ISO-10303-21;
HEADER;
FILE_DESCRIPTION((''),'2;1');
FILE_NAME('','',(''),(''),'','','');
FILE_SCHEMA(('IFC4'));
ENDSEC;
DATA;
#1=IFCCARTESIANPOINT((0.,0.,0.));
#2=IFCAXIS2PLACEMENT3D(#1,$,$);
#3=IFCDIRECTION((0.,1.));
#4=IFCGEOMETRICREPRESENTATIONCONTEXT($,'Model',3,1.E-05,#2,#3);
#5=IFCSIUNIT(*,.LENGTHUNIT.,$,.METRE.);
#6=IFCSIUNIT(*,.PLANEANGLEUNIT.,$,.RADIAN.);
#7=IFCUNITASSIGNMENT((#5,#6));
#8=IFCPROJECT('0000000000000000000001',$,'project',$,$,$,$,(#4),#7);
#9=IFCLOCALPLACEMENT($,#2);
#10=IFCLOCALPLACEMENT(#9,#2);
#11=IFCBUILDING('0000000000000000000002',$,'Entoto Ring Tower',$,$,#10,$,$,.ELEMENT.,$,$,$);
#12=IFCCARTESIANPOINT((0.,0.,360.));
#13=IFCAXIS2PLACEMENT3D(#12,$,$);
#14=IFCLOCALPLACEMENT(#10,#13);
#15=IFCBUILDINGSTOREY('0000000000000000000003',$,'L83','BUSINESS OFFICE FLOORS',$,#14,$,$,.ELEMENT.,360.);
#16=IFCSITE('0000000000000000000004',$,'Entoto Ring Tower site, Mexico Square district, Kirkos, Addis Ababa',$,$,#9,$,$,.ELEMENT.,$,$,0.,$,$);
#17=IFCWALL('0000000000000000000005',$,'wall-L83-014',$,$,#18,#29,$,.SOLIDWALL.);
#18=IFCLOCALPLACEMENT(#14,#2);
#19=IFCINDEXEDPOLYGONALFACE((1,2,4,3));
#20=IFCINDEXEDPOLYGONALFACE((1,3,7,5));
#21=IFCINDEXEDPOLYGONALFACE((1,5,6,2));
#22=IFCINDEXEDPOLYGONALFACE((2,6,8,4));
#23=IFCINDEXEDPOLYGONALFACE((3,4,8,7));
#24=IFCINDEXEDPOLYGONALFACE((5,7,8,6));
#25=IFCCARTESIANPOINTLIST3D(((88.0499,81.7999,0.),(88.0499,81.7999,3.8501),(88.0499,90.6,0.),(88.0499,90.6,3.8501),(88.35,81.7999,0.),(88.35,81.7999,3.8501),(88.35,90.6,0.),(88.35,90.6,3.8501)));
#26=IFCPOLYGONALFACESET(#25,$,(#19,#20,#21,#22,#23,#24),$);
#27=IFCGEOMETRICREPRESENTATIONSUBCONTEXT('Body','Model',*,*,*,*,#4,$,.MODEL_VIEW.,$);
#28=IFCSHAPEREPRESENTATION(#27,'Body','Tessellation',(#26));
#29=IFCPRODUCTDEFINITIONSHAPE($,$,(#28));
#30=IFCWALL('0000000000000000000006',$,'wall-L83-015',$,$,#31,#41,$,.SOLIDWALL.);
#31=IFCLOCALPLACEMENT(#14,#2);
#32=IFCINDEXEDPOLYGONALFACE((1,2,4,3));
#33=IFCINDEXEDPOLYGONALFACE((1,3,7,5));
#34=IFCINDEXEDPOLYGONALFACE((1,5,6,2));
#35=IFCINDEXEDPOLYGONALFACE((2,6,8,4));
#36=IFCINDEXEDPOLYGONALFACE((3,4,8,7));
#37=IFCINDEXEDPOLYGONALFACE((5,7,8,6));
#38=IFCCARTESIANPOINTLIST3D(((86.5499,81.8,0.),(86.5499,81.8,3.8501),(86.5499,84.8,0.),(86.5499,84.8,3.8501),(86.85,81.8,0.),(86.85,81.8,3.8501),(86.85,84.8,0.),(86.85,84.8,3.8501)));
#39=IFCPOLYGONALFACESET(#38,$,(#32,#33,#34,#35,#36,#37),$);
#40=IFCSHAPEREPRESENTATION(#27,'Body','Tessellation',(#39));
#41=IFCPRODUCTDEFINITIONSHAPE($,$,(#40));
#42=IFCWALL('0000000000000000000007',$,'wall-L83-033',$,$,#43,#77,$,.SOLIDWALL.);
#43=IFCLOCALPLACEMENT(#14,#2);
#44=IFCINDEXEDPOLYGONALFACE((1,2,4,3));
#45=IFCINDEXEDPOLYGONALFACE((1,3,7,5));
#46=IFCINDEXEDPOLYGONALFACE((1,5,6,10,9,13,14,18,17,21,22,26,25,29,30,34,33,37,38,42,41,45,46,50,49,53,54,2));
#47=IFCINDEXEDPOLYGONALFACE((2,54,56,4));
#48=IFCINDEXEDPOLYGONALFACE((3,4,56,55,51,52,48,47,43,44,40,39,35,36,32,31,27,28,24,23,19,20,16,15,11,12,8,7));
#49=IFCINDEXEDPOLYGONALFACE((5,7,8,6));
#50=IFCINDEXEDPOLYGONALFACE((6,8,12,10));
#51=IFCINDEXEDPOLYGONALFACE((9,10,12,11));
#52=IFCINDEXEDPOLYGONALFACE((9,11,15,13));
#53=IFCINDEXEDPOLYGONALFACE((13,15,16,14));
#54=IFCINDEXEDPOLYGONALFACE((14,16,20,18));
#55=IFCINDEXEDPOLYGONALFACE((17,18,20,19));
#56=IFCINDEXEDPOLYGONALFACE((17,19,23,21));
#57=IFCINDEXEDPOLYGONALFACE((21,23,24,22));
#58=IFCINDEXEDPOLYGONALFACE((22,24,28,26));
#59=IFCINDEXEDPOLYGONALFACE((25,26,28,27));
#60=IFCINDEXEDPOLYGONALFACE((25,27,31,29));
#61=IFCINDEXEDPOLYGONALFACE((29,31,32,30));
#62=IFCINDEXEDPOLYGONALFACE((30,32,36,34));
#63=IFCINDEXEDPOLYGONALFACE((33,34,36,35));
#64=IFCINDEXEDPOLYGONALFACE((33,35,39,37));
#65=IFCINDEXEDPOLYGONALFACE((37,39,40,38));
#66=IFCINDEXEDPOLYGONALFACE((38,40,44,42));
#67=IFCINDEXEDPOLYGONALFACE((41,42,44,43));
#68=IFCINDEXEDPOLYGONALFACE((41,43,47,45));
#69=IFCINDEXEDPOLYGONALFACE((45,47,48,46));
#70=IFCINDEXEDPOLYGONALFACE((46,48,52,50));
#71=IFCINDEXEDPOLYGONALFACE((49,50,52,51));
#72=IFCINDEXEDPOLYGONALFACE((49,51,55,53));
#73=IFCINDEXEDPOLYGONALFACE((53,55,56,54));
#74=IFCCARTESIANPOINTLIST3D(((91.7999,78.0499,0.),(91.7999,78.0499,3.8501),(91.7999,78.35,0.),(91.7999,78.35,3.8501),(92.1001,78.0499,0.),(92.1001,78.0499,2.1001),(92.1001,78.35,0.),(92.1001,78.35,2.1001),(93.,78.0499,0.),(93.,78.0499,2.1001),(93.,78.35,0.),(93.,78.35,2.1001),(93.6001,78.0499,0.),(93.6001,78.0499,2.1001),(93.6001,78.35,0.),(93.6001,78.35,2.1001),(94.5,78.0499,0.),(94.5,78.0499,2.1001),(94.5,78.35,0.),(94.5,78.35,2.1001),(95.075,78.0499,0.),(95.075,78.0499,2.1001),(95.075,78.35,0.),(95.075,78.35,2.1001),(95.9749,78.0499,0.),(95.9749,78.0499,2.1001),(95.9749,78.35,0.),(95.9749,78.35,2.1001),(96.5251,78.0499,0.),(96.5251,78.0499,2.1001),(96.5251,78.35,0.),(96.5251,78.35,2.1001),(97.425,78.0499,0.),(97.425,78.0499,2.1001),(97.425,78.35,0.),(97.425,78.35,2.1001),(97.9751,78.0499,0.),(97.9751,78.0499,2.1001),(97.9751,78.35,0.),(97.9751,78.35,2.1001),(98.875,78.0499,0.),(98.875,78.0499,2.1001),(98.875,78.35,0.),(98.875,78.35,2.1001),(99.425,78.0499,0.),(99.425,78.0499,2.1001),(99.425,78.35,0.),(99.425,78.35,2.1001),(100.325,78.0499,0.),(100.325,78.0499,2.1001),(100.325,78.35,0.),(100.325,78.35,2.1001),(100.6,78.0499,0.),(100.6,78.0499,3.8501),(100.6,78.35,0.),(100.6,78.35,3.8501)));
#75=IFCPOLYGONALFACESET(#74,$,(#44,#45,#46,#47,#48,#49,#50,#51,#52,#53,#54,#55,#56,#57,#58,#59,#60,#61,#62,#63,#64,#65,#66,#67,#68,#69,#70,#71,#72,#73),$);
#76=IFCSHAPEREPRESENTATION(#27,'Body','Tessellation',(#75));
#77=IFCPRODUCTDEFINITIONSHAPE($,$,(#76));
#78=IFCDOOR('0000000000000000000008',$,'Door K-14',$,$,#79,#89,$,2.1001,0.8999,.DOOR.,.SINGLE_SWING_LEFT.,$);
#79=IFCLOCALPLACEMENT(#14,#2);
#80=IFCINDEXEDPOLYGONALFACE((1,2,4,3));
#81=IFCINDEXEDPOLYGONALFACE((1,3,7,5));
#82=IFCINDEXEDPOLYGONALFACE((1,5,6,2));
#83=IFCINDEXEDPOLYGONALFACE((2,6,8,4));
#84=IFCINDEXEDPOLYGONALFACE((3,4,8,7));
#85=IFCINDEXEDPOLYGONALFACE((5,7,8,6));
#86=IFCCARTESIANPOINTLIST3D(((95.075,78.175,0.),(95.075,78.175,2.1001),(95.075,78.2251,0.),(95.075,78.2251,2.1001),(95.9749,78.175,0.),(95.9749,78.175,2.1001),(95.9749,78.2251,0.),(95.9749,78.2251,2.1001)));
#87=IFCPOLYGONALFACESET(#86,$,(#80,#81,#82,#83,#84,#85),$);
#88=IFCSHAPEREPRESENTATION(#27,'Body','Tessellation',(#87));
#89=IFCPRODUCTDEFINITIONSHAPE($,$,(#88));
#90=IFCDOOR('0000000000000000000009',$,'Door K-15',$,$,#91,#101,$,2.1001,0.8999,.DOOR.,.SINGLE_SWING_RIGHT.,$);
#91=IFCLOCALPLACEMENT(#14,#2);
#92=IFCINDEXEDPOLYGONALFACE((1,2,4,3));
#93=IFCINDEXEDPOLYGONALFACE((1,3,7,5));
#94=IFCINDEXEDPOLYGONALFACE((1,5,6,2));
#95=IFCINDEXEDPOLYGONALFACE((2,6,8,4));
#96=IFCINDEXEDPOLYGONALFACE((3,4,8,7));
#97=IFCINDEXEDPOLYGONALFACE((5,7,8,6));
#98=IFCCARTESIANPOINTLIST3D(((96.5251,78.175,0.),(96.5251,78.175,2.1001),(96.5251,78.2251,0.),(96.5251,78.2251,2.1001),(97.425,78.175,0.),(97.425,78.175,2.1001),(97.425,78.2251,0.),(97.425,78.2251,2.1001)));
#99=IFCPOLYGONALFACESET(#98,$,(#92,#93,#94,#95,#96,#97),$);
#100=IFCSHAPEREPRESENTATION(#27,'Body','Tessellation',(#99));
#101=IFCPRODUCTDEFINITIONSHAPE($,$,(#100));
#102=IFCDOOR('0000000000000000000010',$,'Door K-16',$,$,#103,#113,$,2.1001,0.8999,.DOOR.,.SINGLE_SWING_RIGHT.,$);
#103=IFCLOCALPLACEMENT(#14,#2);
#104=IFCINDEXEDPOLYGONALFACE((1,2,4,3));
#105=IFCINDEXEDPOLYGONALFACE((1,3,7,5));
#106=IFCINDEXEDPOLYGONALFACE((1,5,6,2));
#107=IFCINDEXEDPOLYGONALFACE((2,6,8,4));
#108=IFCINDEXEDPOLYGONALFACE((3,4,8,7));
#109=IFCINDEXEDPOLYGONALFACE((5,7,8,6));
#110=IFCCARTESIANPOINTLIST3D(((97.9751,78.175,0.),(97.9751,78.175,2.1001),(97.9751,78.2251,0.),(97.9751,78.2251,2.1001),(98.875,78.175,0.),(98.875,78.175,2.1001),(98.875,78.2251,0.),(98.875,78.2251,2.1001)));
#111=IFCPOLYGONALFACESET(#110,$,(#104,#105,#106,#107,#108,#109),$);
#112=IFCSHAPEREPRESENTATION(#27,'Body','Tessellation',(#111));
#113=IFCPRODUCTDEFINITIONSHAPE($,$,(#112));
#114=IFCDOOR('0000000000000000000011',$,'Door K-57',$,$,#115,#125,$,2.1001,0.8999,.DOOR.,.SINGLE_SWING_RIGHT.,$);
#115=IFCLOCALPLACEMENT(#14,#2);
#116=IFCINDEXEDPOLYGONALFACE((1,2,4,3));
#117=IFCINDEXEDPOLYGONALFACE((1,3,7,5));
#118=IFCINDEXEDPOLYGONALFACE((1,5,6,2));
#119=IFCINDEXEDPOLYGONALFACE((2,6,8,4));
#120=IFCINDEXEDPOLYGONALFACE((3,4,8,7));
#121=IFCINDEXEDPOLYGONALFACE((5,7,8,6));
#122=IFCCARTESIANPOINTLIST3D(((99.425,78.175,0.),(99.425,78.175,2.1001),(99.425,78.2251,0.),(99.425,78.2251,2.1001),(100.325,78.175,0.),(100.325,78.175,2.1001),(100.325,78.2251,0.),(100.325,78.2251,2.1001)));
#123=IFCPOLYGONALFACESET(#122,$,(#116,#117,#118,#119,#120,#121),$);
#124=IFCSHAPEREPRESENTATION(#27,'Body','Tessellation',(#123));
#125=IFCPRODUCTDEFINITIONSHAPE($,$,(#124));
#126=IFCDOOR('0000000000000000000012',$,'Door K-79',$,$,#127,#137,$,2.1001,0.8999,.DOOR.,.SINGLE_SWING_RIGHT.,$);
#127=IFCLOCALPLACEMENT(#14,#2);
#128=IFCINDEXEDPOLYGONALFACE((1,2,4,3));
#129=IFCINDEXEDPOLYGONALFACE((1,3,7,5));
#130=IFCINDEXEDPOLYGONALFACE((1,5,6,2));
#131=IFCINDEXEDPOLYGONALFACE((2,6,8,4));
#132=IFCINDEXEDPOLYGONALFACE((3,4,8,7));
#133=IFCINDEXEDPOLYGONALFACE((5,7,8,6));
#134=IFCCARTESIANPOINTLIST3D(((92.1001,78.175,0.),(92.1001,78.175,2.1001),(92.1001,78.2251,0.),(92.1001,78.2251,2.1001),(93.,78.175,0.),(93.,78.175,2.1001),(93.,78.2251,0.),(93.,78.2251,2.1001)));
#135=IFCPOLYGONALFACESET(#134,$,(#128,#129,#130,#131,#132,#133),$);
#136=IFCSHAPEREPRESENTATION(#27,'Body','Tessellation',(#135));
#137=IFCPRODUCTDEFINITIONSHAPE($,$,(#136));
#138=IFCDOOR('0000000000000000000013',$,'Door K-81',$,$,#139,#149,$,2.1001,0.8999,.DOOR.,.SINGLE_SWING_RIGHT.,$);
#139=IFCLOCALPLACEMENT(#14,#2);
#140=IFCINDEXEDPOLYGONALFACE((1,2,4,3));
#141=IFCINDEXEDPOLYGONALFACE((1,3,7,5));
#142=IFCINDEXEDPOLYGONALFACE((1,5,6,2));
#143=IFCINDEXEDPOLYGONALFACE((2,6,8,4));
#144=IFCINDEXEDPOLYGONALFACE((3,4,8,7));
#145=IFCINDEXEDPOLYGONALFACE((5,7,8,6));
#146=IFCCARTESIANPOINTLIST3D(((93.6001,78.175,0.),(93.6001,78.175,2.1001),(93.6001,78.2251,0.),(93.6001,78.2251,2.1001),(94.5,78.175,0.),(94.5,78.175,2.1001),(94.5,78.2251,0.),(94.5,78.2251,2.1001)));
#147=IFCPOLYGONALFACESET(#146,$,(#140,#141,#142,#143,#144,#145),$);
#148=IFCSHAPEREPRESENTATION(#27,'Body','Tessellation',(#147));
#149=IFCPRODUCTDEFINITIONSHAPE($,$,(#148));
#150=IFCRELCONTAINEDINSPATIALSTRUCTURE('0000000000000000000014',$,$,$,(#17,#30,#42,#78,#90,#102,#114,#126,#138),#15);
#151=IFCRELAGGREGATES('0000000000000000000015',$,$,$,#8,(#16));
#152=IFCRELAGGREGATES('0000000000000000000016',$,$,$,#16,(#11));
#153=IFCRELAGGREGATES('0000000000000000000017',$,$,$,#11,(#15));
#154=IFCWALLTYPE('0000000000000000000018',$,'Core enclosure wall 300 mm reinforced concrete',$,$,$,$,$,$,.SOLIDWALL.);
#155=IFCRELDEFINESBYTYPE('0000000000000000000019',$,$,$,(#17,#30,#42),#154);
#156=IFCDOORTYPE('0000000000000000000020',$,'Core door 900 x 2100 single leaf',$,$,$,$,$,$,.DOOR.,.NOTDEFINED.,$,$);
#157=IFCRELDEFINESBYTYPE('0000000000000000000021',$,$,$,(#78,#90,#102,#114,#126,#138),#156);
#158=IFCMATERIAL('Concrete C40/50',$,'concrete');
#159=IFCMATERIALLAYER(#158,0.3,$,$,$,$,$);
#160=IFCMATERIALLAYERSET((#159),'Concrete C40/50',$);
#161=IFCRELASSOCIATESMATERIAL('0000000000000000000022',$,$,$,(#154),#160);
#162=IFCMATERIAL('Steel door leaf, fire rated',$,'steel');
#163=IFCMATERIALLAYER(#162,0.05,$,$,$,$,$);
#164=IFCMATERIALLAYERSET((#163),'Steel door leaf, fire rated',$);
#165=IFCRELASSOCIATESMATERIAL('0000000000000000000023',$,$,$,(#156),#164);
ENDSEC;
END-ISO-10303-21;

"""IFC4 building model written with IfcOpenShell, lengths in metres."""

from ifc_helpers import new_model, si_unit, direction, frame, frame_2d, origin, place, context, subcontext, project, spatial, rectangle, extrude, material, layer, layer_set, type_object, element, fill, save


model = new_model("IFC4")

# Units and contexts
model_context = context("Model", 3, precision=1e-05, world=origin(), true_north=direction((0.0, 1.0)))
body_context = subcontext(model_context, "Body", "Model", "MODEL_VIEW")
ifc_project = project(units=[si_unit("LENGTHUNIT", "METRE"), si_unit("PLANEANGLEUNIT", "RADIAN")], contexts=[model_context])

# Site, building, storey
site_placement = place(None, origin())
site = spatial("IfcSite", under=ifc_project, at=site_placement, Name="Entoto Ring Tower site, Mexico Square district, Kirkos, Addis Ababa", CompositionType="ELEMENT", RefElevation=0.0)
building_placement = place(site_placement, origin())
building = spatial("IfcBuilding", under=site, at=building_placement, Name="Entoto Ring Tower", CompositionType="ELEMENT")
storey_placement = place(building_placement, frame((0.0, 0.0, 360.0)))
storey = spatial("IfcBuildingStorey", under=building, at=storey_placement, Name="L83", Description="BUSINESS OFFICE FLOORS", CompositionType="ELEMENT", Elevation=360.0)

# Shared definitions
ifc_material_1 = material(Name="Concrete C40/50", Category="concrete")
ifc_layer_1 = layer(ifc_material_1, 0.3)
ifc_layer_set_1 = layer_set([ifc_layer_1], Name="Concrete C40/50")
wall_type = type_object("IfcWallType", Name="Core enclosure wall 300 mm reinforced concrete", PredefinedType="SOLIDWALL", material=ifc_layer_set_1)

# Shared definitions
ifc_material_2 = material(Name="Steel door leaf, fire rated", Category="steel")
ifc_layer_2 = layer(ifc_material_2, 0.05)
ifc_layer_set_2 = layer_set([ifc_layer_2], Name="Steel door leaf, fire rated")
door_type_1 = type_object("IfcDoorType", Name="Core door 900 x 2100 single leaf", OperationType="NOTDEFINED", PredefinedType="DOOR", material=ifc_layer_set_2)

# Walls
wall_1_placement = place(storey_placement, frame((88.2, 81.8, 0.0), z_axis=(0.0, 0.0, 1.0), x_axis=(0.0, 1.0, 0.0)))
element("IfcWall", 1, at=wall_1_placement, inside=storey, type_object=wall_type, Name="wall-L83-014", PredefinedType="SOLIDWALL", context=body_context, shape_type="SweptSolid", body=[
    extrude(rectangle(XDim=8.8, YDim=0.3, at=frame_2d((4.3999, 0.0))), origin(), (0.0, 0.0, 1.0), 3.8501),
])
wall_2_placement = place(storey_placement, frame((86.7, 81.8, 0.0), z_axis=(0.0, 0.0, 1.0), x_axis=(0.0, 1.0, 0.0)))
element("IfcWall", 2, at=wall_2_placement, inside=storey, type_object=wall_type, Name="wall-L83-015", PredefinedType="SOLIDWALL", context=body_context, shape_type="SweptSolid", body=[
    extrude(rectangle(XDim=3.0, YDim=0.3, at=frame_2d((1.5, 0.0))), origin(), (0.0, 0.0, 1.0), 3.8501),
])

# Wall, openings, doors
wall_3_placement = place(storey_placement, frame((91.8, 78.2, 0.0), z_axis=(0.0, 0.0, 1.0), x_axis=(1.0, 0.0, 0.0)))
wall_3 = element("IfcWall", 3, at=wall_3_placement, inside=storey, type_object=wall_type, Name="wall-L83-033", PredefinedType="SOLIDWALL", context=body_context, shape_type="SweptSolid", body=[
    extrude(rectangle(XDim=8.8, YDim=0.3, at=frame_2d((4.3999, 0.0))), origin(), (0.0, 0.0, 1.0), 3.8501),
])
opening_1_placement = place(wall_3_placement, frame((3.2749, 0.0, 0.0)))
opening_1 = element("IfcOpeningElement", 4, at=opening_1_placement, cuts=wall_3, PredefinedType="OPENING", context=body_context, shape_type="SweptSolid", body=[
    extrude(rectangle(XDim=0.8999, YDim=2.1001, at=frame_2d((0.45, 1.05))), frame((0.0, 0.1602, 0.0), z_axis=(0.0, -1.0, 0.0), x_axis=(1.0, 0.0, 0.0)), (0.0, 0.0, 1.0), 0.3201),
])
opening_2_placement = place(wall_3_placement, frame((4.7251, 0.0, 0.0)))
opening_2 = element("IfcOpeningElement", 5, at=opening_2_placement, cuts=wall_3, PredefinedType="OPENING", context=body_context, shape_type="SweptSolid", body=[
    extrude(rectangle(XDim=0.8999, YDim=2.1001, at=frame_2d((0.45, 1.05))), frame((0.0, 0.1602, 0.0), z_axis=(0.0, -1.0, 0.0), x_axis=(1.0, 0.0, 0.0)), (0.0, 0.0, 1.0), 0.3201),
])
opening_3_placement = place(wall_3_placement, frame((6.175, 0.0, 0.0)))
opening_3 = element("IfcOpeningElement", 6, at=opening_3_placement, cuts=wall_3, PredefinedType="OPENING", context=body_context, shape_type="SweptSolid", body=[
    extrude(rectangle(XDim=0.8999, YDim=2.1001, at=frame_2d((0.45, 1.05))), frame((0.0, 0.1602, 0.0), z_axis=(0.0, -1.0, 0.0), x_axis=(1.0, 0.0, 0.0)), (0.0, 0.0, 1.0), 0.3201),
])
opening_4_placement = place(wall_3_placement, frame((7.625, 0.0, 0.0)))
opening_4 = element("IfcOpeningElement", 7, at=opening_4_placement, cuts=wall_3, PredefinedType="OPENING", context=body_context, shape_type="SweptSolid", body=[
    extrude(rectangle(XDim=0.8999, YDim=2.1001, at=frame_2d((0.45, 1.05))), frame((0.0, 0.1602, 0.0), z_axis=(0.0, -1.0, 0.0), x_axis=(1.0, 0.0, 0.0)), (0.0, 0.0, 1.0), 0.3201),
])
opening_5_placement = place(wall_3_placement, frame((0.3, 0.0, 0.0)))
opening_5 = element("IfcOpeningElement", 8, at=opening_5_placement, cuts=wall_3, PredefinedType="OPENING", context=body_context, shape_type="SweptSolid", body=[
    extrude(rectangle(XDim=0.8999, YDim=2.1001, at=frame_2d((0.45, 1.05))), frame((0.0, 0.1602, 0.0), z_axis=(0.0, -1.0, 0.0), x_axis=(1.0, 0.0, 0.0)), (0.0, 0.0, 1.0), 0.3201),
])
opening_6_placement = place(wall_3_placement, frame((1.8, 0.0, 0.0)))
opening_6 = element("IfcOpeningElement", 9, at=opening_6_placement, cuts=wall_3, PredefinedType="OPENING", context=body_context, shape_type="SweptSolid", body=[
    extrude(rectangle(XDim=0.8999, YDim=2.1001, at=frame_2d((0.45, 1.05))), frame((0.0, 0.1602, 0.0), z_axis=(0.0, -1.0, 0.0), x_axis=(1.0, 0.0, 0.0)), (0.0, 0.0, 1.0), 0.3201),
])
door_1_placement = place(opening_1_placement, frame((0.8999, 0.0, 0.0), z_axis=(0.0, 0.0, 1.0), x_axis=(-1.0, 0.0, 0.0)))
door_1 = element("IfcDoor", 10, at=door_1_placement, inside=storey, type_object=door_type_1, Name="Door K-14", OperationType="SINGLE_SWING_LEFT", OverallHeight=2.1001, OverallWidth=0.8999, PredefinedType="DOOR", context=body_context, shape_type="SweptSolid", body=[
    extrude(rectangle(XDim=0.8999, YDim=2.1001, at=frame_2d((0.45, 1.05))), frame((0.0, 0.0249, 0.0), z_axis=(0.0, -1.0, 0.0), x_axis=(1.0, 0.0, 0.0)), (0.0, 0.0, 1.0), 0.05),
])
fill(opening_1, door_1)
door_2_placement = place(opening_2_placement, frame((0.8999, 0.0, 0.0), z_axis=(0.0, 0.0, 1.0), x_axis=(-1.0, 0.0, 0.0)))
door_2 = element("IfcDoor", 11, at=door_2_placement, inside=storey, type_object=door_type_1, Name="Door K-15", OperationType="SINGLE_SWING_RIGHT", OverallHeight=2.1001, OverallWidth=0.8999, PredefinedType="DOOR", context=body_context, shape_type="SweptSolid", body=[
    extrude(rectangle(XDim=0.8999, YDim=2.1001, at=frame_2d((0.45, 1.05))), frame((0.0, 0.0249, 0.0), z_axis=(0.0, -1.0, 0.0), x_axis=(1.0, 0.0, 0.0)), (0.0, 0.0, 1.0), 0.05),
])
fill(opening_2, door_2)
door_3_placement = place(opening_3_placement, frame((0.8999, 0.0, 0.0), z_axis=(0.0, 0.0, 1.0), x_axis=(-1.0, 0.0, 0.0)))
door_3 = element("IfcDoor", 12, at=door_3_placement, inside=storey, type_object=door_type_1, Name="Door K-16", OperationType="SINGLE_SWING_RIGHT", OverallHeight=2.1001, OverallWidth=0.8999, PredefinedType="DOOR", context=body_context, shape_type="SweptSolid", body=[
    extrude(rectangle(XDim=0.8999, YDim=2.1001, at=frame_2d((0.45, 1.05))), frame((0.0, 0.0249, 0.0), z_axis=(0.0, -1.0, 0.0), x_axis=(1.0, 0.0, 0.0)), (0.0, 0.0, 1.0), 0.05),
])
fill(opening_3, door_3)
door_4_placement = place(opening_4_placement, frame((0.8999, 0.0, 0.0), z_axis=(0.0, 0.0, 1.0), x_axis=(-1.0, 0.0, 0.0)))
door_4 = element("IfcDoor", 13, at=door_4_placement, inside=storey, type_object=door_type_1, Name="Door K-57", OperationType="SINGLE_SWING_RIGHT", OverallHeight=2.1001, OverallWidth=0.8999, PredefinedType="DOOR", context=body_context, shape_type="SweptSolid", body=[
    extrude(rectangle(XDim=0.8999, YDim=2.1001, at=frame_2d((0.45, 1.05))), frame((0.0, 0.0249, 0.0), z_axis=(0.0, -1.0, 0.0), x_axis=(1.0, 0.0, 0.0)), (0.0, 0.0, 1.0), 0.05),
])
fill(opening_4, door_4)
door_5_placement = place(opening_5_placement, frame((0.8999, 0.0, 0.0), z_axis=(0.0, 0.0, 1.0), x_axis=(-1.0, 0.0, 0.0)))
door_5 = element("IfcDoor", 14, at=door_5_placement, inside=storey, type_object=door_type_1, Name="Door K-79", OperationType="SINGLE_SWING_RIGHT", OverallHeight=2.1001, OverallWidth=0.8999, PredefinedType="DOOR", context=body_context, shape_type="SweptSolid", body=[
    extrude(rectangle(XDim=0.8999, YDim=2.1001, at=frame_2d((0.45, 1.05))), frame((0.0, 0.0249, 0.0), z_axis=(0.0, -1.0, 0.0), x_axis=(1.0, 0.0, 0.0)), (0.0, 0.0, 1.0), 0.05),
])
fill(opening_5, door_5)
door_6_placement = place(opening_6_placement, frame((0.8999, 0.0, 0.0), z_axis=(0.0, 0.0, 1.0), x_axis=(-1.0, 0.0, 0.0)))
door_6 = element("IfcDoor", 15, at=door_6_placement, inside=storey, type_object=door_type_1, Name="Door K-81", OperationType="SINGLE_SWING_RIGHT", OverallHeight=2.1001, OverallWidth=0.8999, PredefinedType="DOOR", context=body_context, shape_type="SweptSolid", body=[
    extrude(rectangle(XDim=0.8999, YDim=2.1001, at=frame_2d((0.45, 1.05))), frame((0.0, 0.0249, 0.0), z_axis=(0.0, -1.0, 0.0), x_axis=(1.0, 0.0, 0.0)), (0.0, 0.0, 1.0), 0.05),
])
fill(opening_6, door_6)

save(model, "model.ifc")
